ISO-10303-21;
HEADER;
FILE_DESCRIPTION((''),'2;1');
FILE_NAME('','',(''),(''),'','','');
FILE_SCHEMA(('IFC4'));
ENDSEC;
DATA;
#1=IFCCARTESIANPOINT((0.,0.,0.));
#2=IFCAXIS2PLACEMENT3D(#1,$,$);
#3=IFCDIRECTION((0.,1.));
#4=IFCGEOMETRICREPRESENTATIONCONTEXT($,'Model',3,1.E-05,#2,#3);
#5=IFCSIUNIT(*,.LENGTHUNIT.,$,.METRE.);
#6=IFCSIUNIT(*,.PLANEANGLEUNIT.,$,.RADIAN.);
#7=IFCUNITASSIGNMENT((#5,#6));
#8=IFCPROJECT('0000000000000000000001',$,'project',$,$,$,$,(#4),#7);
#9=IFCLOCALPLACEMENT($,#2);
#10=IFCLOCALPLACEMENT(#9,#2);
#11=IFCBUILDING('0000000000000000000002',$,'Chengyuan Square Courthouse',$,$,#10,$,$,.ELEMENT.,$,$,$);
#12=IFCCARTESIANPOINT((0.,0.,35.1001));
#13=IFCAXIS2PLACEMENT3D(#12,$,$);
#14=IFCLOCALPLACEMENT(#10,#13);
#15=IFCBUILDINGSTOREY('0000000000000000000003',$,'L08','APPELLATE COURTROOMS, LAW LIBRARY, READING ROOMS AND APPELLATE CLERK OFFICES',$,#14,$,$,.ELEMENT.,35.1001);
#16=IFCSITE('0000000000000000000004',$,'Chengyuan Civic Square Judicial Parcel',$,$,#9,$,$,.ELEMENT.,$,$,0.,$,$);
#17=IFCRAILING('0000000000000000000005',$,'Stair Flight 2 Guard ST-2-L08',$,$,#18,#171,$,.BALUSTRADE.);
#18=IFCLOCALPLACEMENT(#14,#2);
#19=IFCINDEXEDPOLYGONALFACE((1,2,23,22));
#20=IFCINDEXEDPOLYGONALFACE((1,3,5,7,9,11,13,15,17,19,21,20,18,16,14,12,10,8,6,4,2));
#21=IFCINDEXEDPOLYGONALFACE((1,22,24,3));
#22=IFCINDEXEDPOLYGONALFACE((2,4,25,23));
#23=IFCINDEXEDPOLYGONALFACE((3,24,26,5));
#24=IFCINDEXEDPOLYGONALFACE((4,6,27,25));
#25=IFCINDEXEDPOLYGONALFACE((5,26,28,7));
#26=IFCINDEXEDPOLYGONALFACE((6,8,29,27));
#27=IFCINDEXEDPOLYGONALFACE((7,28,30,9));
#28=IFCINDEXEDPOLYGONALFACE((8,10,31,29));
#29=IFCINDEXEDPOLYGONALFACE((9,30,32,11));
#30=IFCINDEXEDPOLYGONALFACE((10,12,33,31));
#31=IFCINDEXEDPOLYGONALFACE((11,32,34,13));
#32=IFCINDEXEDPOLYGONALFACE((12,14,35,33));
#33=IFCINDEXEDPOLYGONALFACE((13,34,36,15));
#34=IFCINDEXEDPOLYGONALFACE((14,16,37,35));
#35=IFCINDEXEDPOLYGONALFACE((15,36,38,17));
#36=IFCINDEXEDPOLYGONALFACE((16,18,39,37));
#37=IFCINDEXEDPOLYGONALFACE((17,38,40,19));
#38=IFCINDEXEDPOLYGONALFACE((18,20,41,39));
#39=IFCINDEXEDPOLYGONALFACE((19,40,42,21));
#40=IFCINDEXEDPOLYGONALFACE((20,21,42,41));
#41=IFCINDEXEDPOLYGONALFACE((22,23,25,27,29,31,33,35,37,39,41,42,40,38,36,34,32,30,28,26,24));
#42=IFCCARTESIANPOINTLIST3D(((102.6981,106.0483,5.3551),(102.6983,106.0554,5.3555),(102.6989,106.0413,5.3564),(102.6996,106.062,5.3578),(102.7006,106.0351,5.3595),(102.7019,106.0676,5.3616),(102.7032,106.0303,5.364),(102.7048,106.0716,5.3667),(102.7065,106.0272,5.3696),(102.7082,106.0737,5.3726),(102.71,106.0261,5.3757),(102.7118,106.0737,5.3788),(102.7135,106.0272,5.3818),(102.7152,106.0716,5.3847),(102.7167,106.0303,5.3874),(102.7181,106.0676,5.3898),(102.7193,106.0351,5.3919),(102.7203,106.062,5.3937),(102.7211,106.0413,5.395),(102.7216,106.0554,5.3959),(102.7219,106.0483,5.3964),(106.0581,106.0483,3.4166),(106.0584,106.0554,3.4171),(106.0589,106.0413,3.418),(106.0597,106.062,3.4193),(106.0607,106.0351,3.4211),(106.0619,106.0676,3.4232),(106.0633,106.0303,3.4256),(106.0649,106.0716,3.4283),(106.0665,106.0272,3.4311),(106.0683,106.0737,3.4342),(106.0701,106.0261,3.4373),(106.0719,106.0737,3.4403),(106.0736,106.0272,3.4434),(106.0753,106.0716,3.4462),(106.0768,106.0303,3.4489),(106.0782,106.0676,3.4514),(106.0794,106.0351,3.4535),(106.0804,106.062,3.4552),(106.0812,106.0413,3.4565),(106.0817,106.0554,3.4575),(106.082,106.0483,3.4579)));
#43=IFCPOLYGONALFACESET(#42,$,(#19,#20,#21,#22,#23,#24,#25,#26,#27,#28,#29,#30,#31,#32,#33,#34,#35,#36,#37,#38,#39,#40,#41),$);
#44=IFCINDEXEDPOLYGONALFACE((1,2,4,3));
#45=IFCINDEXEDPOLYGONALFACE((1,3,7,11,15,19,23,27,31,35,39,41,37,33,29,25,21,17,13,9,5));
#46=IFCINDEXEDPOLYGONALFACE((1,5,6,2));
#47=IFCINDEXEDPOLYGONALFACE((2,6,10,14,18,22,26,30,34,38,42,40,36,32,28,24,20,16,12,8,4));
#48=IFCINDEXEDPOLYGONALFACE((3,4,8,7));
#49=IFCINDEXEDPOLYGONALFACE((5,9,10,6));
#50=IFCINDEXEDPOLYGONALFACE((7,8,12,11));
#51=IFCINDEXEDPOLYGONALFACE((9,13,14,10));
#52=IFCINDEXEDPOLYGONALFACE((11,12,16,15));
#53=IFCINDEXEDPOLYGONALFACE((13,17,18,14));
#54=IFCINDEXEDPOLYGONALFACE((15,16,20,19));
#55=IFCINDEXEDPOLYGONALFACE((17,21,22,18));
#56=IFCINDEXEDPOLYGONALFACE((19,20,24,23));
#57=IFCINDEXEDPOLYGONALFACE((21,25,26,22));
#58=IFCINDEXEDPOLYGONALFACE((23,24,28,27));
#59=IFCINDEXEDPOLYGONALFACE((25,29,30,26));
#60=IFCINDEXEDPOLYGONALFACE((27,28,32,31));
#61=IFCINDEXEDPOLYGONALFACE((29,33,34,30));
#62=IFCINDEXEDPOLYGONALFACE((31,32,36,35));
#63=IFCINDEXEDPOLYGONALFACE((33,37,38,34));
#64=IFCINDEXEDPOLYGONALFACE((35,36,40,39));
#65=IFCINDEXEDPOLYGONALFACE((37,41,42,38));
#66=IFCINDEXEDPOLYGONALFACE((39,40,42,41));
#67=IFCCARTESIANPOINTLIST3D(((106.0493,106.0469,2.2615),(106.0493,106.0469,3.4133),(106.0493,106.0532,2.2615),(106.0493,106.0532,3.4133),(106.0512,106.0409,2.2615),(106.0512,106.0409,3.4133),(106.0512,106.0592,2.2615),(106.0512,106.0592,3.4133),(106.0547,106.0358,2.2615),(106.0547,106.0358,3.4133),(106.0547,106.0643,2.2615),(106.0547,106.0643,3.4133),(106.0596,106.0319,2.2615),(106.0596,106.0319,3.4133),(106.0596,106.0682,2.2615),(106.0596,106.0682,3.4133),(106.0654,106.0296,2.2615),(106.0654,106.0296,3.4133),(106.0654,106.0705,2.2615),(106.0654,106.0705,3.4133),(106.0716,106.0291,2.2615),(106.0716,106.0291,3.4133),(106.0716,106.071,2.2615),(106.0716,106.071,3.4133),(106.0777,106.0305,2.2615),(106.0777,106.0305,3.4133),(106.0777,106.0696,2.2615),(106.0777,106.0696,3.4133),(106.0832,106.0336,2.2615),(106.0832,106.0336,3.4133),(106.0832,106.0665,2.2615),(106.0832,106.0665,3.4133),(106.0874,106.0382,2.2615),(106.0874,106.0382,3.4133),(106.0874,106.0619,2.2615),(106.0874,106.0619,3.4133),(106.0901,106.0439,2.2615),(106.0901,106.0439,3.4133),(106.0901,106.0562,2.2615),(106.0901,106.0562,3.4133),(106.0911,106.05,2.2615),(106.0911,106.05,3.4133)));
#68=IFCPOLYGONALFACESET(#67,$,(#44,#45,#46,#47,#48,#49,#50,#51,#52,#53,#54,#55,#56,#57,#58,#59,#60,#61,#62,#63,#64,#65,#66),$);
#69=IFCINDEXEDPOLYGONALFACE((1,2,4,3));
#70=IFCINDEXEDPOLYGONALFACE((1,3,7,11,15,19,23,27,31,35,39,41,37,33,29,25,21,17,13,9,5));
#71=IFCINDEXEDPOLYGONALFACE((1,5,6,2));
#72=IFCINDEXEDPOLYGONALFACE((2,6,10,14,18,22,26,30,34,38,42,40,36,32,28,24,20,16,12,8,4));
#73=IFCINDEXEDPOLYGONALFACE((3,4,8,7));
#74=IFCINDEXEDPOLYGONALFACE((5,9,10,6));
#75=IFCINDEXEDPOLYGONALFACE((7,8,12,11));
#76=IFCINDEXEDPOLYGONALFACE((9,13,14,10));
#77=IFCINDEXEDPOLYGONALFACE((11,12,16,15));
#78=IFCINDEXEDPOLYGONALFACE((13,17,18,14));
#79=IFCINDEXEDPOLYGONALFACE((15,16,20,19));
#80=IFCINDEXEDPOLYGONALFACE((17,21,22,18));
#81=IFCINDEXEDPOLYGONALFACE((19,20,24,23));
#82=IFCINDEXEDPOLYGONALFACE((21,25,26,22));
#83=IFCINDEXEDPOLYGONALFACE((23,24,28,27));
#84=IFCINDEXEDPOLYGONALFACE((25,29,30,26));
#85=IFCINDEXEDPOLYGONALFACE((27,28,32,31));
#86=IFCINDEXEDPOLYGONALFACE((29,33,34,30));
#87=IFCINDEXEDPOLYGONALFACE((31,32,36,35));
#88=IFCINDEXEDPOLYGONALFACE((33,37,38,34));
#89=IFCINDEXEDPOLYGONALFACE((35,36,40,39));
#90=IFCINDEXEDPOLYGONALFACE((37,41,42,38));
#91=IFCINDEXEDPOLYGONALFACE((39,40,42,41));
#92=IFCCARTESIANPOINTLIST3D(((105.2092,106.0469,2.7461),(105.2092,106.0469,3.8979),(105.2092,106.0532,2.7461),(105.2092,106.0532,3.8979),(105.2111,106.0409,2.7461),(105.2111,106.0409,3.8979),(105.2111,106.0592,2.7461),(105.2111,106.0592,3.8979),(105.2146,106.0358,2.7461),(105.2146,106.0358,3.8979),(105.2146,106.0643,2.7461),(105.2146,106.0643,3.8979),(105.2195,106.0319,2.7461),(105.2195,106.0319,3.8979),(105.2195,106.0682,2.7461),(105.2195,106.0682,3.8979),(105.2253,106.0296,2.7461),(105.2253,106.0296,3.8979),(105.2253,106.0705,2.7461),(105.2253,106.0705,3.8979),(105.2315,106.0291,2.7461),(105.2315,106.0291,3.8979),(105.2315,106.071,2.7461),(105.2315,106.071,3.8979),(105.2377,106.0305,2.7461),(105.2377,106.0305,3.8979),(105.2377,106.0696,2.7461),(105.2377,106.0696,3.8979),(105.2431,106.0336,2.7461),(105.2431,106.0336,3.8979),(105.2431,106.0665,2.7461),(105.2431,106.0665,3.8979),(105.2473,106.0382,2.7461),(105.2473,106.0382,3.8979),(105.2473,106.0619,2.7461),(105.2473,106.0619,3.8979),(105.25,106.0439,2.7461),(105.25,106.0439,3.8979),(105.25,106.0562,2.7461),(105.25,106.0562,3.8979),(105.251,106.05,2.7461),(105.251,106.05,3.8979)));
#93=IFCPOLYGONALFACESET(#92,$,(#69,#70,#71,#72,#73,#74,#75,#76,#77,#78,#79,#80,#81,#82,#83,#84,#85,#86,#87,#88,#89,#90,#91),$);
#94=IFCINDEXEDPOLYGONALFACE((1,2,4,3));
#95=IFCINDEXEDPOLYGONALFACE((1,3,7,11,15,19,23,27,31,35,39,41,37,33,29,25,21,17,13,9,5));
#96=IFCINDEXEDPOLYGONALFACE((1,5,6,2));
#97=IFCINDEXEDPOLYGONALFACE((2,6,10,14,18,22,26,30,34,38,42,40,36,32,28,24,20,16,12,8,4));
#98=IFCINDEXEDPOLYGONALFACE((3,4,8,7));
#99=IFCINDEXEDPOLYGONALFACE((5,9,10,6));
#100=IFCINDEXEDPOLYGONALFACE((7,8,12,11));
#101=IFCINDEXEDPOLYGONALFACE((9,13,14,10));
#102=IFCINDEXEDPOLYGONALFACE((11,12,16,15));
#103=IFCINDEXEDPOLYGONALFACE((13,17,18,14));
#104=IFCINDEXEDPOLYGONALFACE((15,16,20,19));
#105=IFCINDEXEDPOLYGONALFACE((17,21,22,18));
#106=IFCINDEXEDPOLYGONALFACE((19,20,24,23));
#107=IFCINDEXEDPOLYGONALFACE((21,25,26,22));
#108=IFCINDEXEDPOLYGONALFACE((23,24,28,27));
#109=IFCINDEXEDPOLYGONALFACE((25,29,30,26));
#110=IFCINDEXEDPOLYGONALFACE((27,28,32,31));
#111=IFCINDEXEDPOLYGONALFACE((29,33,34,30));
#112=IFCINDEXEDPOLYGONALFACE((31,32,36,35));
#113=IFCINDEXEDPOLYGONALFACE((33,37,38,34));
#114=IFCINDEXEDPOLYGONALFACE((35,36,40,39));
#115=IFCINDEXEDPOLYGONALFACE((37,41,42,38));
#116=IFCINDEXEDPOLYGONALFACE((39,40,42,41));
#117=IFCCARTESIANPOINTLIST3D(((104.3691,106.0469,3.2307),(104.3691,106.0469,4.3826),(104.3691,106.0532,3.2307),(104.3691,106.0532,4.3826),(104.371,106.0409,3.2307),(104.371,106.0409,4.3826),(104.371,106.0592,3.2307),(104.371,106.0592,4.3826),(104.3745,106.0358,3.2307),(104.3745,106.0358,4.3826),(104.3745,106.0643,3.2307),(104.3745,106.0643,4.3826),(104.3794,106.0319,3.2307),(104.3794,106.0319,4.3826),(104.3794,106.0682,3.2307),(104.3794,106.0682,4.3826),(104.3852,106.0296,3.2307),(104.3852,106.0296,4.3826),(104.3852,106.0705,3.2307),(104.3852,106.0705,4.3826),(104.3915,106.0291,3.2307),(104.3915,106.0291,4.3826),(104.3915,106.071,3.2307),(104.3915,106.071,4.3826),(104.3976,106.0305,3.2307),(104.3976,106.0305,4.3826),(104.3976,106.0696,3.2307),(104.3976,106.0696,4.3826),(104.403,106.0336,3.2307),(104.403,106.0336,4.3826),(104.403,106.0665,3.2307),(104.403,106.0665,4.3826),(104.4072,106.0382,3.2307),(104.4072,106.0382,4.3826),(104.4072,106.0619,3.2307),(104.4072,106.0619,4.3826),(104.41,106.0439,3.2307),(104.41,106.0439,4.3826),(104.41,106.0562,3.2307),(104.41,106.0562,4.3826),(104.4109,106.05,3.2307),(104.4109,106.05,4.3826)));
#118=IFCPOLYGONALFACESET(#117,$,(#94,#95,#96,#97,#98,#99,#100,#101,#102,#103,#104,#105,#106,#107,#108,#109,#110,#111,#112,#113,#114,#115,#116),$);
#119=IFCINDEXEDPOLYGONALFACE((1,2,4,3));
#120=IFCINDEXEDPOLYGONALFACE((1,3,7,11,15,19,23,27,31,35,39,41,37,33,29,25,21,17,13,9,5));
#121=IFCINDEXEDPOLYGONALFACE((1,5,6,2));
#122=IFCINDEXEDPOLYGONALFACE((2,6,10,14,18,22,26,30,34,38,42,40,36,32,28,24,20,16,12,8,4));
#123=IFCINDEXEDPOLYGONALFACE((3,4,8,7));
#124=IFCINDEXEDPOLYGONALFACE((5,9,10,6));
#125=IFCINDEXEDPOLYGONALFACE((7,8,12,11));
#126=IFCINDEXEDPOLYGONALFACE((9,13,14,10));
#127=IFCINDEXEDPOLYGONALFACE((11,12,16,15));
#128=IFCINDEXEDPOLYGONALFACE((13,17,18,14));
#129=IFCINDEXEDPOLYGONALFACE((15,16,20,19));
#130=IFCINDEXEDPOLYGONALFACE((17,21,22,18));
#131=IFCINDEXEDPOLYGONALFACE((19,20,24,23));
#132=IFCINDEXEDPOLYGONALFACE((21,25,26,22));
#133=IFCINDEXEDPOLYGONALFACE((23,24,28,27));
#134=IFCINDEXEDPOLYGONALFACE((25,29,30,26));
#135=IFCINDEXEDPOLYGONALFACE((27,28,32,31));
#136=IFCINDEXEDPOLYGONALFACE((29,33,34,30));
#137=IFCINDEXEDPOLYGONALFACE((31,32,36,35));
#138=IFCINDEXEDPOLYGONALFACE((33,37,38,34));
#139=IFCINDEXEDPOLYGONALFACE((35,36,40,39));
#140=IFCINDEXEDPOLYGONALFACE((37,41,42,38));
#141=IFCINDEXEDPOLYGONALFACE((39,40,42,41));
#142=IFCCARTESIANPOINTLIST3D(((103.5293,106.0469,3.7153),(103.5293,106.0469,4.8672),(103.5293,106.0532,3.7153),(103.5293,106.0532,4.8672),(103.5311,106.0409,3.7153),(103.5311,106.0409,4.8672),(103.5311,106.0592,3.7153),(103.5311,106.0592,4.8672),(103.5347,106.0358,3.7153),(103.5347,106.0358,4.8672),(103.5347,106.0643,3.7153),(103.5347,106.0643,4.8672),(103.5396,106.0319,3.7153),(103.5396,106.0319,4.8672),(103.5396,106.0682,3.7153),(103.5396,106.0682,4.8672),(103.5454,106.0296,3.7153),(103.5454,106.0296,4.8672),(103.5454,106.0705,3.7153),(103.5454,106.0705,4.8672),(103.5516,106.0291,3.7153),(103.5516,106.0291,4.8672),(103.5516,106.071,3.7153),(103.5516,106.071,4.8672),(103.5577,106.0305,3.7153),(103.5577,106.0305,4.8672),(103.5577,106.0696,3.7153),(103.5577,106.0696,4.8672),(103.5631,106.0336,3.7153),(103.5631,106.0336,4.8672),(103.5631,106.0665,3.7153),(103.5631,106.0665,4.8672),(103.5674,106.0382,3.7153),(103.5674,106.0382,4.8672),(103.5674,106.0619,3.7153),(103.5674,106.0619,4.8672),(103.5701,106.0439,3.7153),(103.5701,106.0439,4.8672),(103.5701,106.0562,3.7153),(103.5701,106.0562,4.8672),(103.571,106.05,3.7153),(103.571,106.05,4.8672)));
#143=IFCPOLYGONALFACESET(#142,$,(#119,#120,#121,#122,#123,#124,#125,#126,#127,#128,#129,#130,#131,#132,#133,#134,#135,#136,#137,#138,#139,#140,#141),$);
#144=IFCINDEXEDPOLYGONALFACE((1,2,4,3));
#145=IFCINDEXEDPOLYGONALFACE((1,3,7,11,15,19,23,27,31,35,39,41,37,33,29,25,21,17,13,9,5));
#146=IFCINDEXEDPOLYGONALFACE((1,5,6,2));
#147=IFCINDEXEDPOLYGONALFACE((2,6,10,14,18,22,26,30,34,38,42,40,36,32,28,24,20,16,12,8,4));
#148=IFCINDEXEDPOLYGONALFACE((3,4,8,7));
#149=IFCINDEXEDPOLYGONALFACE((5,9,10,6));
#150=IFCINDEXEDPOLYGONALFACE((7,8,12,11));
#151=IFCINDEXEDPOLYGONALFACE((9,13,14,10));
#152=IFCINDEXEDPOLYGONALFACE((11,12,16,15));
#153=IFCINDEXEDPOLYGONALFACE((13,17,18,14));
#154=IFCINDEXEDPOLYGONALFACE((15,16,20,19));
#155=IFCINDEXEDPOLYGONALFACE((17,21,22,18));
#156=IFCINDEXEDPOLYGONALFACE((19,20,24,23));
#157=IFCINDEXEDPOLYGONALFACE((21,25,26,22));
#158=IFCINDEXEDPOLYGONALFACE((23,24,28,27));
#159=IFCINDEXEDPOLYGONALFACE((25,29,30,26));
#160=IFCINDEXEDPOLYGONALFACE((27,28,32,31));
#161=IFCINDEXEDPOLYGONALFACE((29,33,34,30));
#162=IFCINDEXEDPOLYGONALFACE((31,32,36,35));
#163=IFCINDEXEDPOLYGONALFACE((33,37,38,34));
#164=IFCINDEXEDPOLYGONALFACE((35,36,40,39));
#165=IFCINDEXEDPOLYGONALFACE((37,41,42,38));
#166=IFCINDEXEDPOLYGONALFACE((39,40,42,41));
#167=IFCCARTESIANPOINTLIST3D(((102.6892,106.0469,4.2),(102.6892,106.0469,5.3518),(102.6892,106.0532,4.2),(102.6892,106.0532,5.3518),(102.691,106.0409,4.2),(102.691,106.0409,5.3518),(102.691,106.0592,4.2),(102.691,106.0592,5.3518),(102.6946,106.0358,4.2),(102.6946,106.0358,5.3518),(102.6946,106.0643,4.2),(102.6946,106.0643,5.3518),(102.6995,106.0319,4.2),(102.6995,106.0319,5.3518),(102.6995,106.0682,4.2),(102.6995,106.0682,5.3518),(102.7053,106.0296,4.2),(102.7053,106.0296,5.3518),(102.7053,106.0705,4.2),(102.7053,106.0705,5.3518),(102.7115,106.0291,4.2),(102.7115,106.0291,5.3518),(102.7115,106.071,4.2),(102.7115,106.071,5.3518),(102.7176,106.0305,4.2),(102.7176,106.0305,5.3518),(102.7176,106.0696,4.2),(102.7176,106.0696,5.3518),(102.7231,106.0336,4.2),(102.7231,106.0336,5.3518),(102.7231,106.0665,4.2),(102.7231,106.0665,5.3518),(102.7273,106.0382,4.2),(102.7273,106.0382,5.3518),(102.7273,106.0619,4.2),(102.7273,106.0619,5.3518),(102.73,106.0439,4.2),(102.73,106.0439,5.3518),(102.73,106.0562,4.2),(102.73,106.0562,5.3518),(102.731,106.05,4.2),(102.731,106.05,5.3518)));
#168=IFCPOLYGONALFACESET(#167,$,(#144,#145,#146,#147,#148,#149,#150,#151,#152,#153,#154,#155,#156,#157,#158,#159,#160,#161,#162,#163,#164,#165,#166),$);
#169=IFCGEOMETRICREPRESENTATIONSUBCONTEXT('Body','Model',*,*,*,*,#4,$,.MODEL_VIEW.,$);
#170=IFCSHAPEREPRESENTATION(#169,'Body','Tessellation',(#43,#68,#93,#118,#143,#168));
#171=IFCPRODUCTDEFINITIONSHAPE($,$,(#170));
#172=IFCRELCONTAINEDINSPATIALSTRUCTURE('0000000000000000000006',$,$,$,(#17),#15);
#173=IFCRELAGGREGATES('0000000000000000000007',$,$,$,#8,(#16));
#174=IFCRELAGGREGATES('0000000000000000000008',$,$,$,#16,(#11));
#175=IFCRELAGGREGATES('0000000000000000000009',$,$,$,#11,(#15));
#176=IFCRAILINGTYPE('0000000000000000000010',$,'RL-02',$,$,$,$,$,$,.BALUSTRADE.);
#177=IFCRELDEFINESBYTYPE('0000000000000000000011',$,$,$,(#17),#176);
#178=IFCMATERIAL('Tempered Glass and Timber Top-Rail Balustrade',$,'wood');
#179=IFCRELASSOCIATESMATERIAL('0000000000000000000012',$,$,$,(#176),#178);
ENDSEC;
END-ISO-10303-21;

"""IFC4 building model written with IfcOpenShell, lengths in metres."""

from ifc_helpers import new_model, si_unit, direction, frame, origin, origin_2d, place, context, subcontext, project, spatial, circle, extrude, material, type_object, element, save


model = new_model("IFC4")

# Units and contexts
model_context = context("Model", 3, precision=1e-05, world=origin(), true_north=direction((0.0, 1.0)))
body_context = subcontext(model_context, "Body", "Model", "MODEL_VIEW")
ifc_project = project(units=[si_unit("LENGTHUNIT", "METRE"), si_unit("PLANEANGLEUNIT", "RADIAN")], contexts=[model_context])

# Site, building, storey
site_placement = place(None, origin())
site = spatial("IfcSite", under=ifc_project, at=site_placement, Name="Chengyuan Civic Square Judicial Parcel", CompositionType="ELEMENT", RefElevation=0.0)
building_placement = place(site_placement, origin())
building = spatial("IfcBuilding", under=site, at=building_placement, Name="Chengyuan Square Courthouse", CompositionType="ELEMENT")
storey_placement = place(building_placement, frame((0.0, 0.0, 35.1001)))
storey = spatial("IfcBuildingStorey", under=building, at=storey_placement, Name="L08", Description="APPELLATE COURTROOMS, LAW LIBRARY, READING ROOMS AND APPELLATE CLERK OFFICES", CompositionType="ELEMENT", Elevation=35.1001)

# Railing
ifc_material_1 = material(Name="Tempered Glass and Timber Top-Rail Balustrade", Category="wood")
railing_type_1 = type_object("IfcRailingType", Name="RL-02", PredefinedType="BALUSTRADE", material=ifc_material_1)
railing_1_placement = place(storey_placement, frame((106.0701, 106.05, 2.2615)))
element("IfcRailing", 1, at=railing_1_placement, inside=storey, type_object=railing_type_1, Name="Stair Flight 2 Guard ST-2-L08", PredefinedType="BALUSTRADE", context=body_context, shape_type="SweptSolid", body=[
    extrude(circle(Radius=0.0239, at=origin_2d()), frame((0.0, 0.0, 1.1758), z_axis=(-0.866191, 0.0, 0.499713), x_axis=(0.0, -1.0, 0.0)), (0.0, 0.0, 1.0), 3.8792),
    extrude(circle(Radius=0.021, at=origin_2d()), origin(), (0.0, 0.0, 1.0), 1.1519),
    extrude(circle(Radius=0.021, at=origin_2d()), frame((-0.8401, 0.0, 0.4846)), (0.0, 0.0, 1.0), 1.1519),
    extrude(circle(Radius=0.021, at=origin_2d()), frame((-1.6802, 0.0, 0.9692)), (0.0, 0.0, 1.0), 1.1519),
    extrude(circle(Radius=0.021, at=origin_2d()), frame((-2.52, 0.0, 1.4539)), (0.0, 0.0, 1.0), 1.1519),
    extrude(circle(Radius=0.021, at=origin_2d()), frame((-3.3601, 0.0, 1.9385)), (0.0, 0.0, 1.0), 1.1519),
])

save(model, "model.ifc")
